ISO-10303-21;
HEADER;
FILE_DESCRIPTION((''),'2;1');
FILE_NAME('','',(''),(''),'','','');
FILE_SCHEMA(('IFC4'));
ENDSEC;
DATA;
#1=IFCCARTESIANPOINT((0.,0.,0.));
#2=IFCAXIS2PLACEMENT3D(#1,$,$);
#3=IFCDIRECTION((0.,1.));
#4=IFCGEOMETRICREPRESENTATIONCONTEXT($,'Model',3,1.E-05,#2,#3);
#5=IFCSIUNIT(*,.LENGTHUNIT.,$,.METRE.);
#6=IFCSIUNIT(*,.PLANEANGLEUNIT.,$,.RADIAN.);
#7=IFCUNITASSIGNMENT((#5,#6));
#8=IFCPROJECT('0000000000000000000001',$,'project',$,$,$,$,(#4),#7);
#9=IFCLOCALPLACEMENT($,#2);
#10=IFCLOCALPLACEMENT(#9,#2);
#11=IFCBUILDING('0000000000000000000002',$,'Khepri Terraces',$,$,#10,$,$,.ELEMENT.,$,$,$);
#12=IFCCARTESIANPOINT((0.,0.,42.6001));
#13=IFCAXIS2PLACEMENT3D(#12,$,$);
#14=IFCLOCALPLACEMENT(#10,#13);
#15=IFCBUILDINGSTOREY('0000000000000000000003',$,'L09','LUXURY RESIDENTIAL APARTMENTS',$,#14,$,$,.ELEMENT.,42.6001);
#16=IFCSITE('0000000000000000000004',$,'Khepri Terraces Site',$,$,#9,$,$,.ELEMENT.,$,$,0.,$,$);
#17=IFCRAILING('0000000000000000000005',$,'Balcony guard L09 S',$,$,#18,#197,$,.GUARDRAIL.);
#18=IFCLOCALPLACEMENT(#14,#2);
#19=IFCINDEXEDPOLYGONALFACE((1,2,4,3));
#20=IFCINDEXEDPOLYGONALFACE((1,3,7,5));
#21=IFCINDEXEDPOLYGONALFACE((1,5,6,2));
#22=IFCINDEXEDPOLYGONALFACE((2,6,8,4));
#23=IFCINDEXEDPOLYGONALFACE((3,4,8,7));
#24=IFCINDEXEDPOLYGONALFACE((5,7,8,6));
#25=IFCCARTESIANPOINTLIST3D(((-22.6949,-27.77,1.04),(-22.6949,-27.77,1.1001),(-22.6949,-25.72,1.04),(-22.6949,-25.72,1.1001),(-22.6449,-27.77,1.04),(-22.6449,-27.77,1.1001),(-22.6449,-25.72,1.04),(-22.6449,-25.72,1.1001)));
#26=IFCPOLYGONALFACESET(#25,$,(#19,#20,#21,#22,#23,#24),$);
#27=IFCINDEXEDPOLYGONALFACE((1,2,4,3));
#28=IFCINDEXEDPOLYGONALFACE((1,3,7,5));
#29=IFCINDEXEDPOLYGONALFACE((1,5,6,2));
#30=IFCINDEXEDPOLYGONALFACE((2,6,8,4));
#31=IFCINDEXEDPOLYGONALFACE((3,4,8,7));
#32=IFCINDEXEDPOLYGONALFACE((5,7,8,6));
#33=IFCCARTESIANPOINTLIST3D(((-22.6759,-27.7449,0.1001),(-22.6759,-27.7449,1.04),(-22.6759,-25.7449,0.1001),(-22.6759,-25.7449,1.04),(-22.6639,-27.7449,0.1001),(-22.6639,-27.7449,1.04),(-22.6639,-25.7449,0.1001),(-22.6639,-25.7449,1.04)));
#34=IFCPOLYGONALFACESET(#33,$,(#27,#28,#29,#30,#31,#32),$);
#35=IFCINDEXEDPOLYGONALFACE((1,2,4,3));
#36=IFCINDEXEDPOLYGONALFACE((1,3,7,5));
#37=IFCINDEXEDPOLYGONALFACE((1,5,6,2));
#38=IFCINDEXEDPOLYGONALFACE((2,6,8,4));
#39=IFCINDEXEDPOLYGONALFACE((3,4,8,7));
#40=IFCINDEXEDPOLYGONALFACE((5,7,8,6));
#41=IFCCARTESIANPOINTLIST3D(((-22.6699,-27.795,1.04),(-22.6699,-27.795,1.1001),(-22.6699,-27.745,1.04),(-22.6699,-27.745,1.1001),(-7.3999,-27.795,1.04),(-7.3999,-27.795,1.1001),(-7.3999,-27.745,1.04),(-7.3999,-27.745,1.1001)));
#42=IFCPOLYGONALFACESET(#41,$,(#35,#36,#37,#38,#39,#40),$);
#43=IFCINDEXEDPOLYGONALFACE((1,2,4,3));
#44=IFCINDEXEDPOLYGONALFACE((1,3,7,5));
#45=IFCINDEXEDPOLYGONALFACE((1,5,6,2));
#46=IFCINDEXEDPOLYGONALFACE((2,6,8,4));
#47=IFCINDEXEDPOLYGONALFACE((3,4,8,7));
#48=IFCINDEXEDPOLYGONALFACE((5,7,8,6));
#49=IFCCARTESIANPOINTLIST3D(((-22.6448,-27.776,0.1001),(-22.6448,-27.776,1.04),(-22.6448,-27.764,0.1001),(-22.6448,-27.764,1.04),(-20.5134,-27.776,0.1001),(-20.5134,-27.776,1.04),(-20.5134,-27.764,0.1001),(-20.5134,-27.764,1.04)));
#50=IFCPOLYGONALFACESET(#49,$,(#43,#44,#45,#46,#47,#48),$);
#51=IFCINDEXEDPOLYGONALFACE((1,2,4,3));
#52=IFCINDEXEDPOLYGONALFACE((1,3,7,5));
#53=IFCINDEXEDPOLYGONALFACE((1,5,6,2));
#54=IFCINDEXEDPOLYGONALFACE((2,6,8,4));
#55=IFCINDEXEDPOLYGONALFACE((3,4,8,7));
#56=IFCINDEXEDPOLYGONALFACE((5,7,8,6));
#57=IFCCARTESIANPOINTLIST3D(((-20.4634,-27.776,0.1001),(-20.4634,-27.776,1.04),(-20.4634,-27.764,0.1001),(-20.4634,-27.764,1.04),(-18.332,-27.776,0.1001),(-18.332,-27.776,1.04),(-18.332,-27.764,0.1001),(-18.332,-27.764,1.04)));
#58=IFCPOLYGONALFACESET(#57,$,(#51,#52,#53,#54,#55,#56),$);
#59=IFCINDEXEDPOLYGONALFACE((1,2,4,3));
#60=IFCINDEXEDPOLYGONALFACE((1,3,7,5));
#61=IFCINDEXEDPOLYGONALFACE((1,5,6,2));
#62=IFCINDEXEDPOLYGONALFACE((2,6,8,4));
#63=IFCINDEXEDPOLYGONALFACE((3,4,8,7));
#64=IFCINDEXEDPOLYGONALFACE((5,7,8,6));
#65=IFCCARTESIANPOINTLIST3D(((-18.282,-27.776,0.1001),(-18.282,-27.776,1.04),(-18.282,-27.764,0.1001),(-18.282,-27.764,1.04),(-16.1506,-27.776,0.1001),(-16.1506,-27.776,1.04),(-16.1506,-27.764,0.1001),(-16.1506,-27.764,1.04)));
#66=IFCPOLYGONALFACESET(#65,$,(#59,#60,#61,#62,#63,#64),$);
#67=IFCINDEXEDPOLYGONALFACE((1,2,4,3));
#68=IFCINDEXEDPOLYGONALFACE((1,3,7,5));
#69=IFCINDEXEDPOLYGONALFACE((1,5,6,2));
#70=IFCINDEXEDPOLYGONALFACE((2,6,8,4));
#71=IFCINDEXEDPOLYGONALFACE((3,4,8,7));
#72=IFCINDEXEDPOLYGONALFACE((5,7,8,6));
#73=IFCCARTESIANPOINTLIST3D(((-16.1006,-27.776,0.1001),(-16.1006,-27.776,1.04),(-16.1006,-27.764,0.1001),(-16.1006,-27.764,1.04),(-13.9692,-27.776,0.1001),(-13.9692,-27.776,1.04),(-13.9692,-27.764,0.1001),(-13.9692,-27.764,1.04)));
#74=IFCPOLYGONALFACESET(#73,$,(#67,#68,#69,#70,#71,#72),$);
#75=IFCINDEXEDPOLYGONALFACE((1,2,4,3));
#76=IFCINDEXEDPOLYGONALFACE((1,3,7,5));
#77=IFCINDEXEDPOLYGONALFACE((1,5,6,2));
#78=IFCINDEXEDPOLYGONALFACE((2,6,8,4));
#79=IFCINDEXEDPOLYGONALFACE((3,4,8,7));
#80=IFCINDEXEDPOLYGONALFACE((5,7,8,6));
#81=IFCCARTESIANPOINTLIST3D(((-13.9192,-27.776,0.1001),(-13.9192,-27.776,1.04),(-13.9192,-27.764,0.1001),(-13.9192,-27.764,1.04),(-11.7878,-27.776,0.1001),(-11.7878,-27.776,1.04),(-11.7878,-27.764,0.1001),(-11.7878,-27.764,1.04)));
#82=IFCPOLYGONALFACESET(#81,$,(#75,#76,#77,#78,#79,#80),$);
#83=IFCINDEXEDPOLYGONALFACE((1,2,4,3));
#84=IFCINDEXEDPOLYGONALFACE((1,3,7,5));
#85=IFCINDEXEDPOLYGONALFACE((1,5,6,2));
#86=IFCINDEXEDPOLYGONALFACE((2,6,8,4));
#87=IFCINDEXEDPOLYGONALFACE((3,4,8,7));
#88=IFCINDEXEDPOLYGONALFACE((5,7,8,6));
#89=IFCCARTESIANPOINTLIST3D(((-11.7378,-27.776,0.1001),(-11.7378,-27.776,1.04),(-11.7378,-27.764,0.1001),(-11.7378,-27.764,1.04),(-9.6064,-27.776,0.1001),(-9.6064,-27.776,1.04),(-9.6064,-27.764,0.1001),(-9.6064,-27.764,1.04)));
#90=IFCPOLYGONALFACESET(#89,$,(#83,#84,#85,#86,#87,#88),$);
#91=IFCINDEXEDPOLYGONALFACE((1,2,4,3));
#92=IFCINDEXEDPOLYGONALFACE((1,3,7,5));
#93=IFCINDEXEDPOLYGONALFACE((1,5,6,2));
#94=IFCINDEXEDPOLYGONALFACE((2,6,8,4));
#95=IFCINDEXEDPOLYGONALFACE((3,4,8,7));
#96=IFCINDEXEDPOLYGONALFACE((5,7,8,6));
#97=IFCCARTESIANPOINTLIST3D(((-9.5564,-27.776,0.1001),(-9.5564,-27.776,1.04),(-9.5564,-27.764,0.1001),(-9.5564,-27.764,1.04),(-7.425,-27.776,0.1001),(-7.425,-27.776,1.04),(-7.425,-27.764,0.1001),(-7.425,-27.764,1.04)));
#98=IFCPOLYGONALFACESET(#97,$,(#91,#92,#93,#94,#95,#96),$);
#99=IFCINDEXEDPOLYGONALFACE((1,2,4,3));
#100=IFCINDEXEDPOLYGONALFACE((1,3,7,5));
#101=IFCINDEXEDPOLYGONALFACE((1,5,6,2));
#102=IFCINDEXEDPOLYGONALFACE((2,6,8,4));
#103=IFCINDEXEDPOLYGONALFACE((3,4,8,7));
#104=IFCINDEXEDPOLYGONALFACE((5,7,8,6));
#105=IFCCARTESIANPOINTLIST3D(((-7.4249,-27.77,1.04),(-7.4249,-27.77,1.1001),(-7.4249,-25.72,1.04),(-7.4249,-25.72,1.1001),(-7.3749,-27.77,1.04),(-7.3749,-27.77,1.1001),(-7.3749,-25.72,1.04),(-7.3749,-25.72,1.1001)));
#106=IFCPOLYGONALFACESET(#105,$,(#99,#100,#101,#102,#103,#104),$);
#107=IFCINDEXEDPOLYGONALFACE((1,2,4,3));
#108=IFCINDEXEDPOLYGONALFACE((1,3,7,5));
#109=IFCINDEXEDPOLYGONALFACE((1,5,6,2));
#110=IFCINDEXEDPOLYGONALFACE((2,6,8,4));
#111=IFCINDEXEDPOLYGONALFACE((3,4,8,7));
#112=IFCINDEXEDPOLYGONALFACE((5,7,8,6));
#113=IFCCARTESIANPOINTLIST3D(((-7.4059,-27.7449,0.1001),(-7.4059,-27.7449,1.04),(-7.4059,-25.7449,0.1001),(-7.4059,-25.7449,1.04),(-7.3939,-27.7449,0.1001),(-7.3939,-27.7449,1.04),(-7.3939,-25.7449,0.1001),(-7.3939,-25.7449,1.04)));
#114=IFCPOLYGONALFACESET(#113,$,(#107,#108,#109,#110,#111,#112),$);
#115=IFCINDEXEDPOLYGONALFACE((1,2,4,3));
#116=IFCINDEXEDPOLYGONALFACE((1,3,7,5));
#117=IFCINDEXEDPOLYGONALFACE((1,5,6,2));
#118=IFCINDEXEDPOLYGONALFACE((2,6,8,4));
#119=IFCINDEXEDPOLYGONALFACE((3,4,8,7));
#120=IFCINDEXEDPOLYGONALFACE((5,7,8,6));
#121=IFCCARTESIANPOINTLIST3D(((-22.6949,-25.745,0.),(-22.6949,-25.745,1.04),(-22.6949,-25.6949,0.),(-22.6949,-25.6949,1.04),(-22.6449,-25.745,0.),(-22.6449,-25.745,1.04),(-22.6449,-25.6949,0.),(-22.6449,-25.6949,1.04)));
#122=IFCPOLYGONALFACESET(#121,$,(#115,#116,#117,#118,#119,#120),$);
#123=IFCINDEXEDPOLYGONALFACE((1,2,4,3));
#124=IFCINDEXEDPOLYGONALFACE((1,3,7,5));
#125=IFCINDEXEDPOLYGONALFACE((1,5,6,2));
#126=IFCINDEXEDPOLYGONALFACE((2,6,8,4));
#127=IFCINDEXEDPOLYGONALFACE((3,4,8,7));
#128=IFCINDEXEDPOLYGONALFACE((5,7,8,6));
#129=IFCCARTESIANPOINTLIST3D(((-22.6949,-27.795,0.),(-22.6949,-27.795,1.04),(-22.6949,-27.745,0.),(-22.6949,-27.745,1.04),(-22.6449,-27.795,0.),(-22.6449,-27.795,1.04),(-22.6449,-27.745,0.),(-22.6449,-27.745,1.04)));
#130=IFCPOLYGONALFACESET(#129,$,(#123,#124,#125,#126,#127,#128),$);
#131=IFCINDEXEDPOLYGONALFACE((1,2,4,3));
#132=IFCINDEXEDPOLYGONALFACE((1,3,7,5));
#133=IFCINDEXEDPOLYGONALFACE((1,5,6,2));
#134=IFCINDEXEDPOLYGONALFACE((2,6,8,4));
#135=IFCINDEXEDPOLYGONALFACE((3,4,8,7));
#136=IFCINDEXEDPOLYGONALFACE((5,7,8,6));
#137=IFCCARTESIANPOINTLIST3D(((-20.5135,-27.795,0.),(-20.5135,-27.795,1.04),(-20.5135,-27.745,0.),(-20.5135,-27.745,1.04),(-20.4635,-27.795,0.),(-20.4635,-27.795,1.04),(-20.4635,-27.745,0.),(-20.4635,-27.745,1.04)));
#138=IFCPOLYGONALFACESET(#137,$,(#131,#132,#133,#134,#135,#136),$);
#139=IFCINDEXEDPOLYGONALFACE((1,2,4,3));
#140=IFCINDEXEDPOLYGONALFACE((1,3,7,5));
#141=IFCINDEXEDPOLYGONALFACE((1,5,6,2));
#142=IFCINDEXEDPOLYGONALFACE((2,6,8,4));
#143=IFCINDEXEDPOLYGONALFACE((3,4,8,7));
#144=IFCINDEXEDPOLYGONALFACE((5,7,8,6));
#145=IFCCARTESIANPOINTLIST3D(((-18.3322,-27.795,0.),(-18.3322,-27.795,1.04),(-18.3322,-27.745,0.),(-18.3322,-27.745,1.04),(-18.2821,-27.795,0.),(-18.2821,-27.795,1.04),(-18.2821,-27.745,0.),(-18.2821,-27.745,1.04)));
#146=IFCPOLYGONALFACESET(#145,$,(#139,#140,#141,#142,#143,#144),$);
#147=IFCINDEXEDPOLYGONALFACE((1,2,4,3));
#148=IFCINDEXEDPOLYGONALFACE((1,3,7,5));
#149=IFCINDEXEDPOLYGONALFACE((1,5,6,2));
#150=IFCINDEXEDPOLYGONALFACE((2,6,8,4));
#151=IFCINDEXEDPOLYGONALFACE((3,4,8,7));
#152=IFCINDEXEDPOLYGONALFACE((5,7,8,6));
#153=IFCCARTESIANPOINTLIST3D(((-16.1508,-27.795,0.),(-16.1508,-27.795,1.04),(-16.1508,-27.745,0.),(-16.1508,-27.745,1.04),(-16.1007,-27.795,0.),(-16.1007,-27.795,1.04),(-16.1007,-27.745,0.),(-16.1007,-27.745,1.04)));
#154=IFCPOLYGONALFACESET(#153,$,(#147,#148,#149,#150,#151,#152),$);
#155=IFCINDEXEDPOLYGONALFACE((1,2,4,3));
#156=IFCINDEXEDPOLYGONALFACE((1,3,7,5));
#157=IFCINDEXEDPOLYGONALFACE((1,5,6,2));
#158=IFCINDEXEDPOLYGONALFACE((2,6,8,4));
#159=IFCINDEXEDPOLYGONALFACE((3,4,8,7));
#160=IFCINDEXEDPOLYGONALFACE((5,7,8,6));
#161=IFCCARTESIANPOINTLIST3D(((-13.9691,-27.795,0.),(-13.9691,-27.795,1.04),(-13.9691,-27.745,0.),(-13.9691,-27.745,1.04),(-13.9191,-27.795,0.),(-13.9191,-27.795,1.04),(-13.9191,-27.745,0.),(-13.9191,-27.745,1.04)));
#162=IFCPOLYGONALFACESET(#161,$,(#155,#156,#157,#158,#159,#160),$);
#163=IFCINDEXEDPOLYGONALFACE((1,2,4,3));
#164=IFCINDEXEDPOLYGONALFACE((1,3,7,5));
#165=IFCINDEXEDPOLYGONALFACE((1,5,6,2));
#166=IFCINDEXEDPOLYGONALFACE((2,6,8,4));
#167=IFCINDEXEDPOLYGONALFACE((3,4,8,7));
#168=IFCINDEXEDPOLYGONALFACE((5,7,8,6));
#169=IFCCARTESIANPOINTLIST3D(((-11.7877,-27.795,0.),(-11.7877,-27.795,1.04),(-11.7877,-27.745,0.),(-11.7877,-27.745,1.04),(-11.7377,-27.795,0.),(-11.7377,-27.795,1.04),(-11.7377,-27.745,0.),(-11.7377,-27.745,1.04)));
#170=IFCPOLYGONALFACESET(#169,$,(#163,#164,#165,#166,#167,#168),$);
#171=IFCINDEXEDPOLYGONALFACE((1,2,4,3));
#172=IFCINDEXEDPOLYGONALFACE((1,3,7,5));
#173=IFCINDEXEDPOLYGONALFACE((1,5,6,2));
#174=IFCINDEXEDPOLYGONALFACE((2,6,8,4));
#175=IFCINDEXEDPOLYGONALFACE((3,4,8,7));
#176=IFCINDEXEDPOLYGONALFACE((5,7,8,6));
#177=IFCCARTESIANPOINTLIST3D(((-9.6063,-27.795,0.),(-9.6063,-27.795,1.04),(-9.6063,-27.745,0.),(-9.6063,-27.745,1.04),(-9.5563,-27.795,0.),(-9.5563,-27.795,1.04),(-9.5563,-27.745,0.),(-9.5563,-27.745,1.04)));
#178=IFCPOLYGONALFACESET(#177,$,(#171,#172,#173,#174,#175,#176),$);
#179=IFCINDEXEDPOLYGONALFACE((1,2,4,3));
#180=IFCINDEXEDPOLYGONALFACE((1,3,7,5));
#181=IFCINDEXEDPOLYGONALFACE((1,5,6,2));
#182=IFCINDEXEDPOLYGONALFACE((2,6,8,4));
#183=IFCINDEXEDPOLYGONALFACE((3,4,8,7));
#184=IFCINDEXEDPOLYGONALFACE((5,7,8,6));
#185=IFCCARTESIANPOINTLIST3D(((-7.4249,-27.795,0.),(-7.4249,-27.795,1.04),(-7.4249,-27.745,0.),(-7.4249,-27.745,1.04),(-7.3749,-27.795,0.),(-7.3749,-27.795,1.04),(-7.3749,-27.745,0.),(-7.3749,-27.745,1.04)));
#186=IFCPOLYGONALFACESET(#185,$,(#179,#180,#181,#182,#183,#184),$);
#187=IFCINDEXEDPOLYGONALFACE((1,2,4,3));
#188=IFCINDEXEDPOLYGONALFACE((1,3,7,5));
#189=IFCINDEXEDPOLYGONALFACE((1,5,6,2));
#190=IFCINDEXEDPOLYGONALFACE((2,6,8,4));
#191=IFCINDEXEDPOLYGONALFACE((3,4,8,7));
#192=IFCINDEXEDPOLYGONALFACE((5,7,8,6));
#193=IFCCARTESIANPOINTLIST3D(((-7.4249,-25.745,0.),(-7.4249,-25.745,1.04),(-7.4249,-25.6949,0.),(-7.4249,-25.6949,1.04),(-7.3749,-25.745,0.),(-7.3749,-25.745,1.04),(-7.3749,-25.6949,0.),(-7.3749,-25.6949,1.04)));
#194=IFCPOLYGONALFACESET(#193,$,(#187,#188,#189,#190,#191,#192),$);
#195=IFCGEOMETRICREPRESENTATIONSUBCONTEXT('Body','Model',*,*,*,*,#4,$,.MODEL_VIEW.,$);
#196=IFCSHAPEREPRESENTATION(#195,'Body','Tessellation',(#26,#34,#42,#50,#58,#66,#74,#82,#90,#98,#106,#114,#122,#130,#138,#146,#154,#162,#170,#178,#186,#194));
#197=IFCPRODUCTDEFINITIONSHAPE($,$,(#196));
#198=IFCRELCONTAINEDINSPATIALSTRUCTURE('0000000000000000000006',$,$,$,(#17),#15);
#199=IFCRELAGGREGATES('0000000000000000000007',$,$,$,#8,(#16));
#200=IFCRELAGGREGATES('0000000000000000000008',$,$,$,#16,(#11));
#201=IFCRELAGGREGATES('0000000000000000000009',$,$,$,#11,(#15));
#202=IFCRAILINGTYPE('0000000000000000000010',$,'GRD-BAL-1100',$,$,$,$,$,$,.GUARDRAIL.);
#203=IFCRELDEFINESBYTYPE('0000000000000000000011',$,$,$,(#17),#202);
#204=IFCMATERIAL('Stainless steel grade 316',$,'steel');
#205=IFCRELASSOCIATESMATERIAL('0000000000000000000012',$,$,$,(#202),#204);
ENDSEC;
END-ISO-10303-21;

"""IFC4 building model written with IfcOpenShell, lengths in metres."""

from ifc_helpers import new_model, si_unit, direction, frame, origin, origin_2d, place, context, subcontext, project, spatial, rectangle, extrude, material, type_object, element, save


model = new_model("IFC4")

# Units and contexts
model_context = context("Model", 3, precision=1e-05, world=origin(), true_north=direction((0.0, 1.0)))
body_context = subcontext(model_context, "Body", "Model", "MODEL_VIEW")
ifc_project = project(units=[si_unit("LENGTHUNIT", "METRE"), si_unit("PLANEANGLEUNIT", "RADIAN")], contexts=[model_context])

# Site, building, storey
site_placement = place(None, origin())
site = spatial("IfcSite", under=ifc_project, at=site_placement, Name="Khepri Terraces Site", CompositionType="ELEMENT", RefElevation=0.0)
building_placement = place(site_placement, origin())
building = spatial("IfcBuilding", under=site, at=building_placement, Name="Khepri Terraces", CompositionType="ELEMENT")
storey_placement = place(building_placement, frame((0.0, 0.0, 42.6001)))
storey = spatial("IfcBuildingStorey", under=building, at=storey_placement, Name="L09", Description="LUXURY RESIDENTIAL APARTMENTS", CompositionType="ELEMENT", Elevation=42.6001)

# Railing
ifc_material_1 = material(Name="Stainless steel grade 316", Category="steel")
railing_type = type_object("IfcRailingType", Name="GRD-BAL-1100", PredefinedType="GUARDRAIL", material=ifc_material_1)
railing_placement = place(storey_placement, frame((-22.6699, -25.72, 0.0)))
element("IfcRailing", 1, at=railing_placement, inside=storey, type_object=railing_type, Name="Balcony guard L09 S", PredefinedType="GUARDRAIL", context=body_context, shape_type="SweptSolid", body=[
    extrude(rectangle(XDim=0.05, YDim=0.0601, at=origin_2d()), frame((0.0, 0.0, 1.0701), z_axis=(0.0, -1.0, 0.0), x_axis=(1.0, 0.0, 0.0)), (0.0, 0.0, 1.0), 2.05),
    extrude(rectangle(XDim=2.0, YDim=0.012, at=origin_2d()), frame((0.0, -1.0249, 0.1001), z_axis=(0.0, 0.0, 1.0), x_axis=(0.0, -1.0, 0.0)), (0.0, 0.0, 1.0), 0.9399),
    extrude(rectangle(XDim=0.05, YDim=0.0601, at=origin_2d()), frame((0.0, -2.05, 1.0701), z_axis=(1.0, 0.0, 0.0), x_axis=(0.0, 1.0, 0.0)), (0.0, 0.0, 1.0), 15.27),
    extrude(rectangle(XDim=2.1313, YDim=0.012, at=origin_2d()), frame((1.0908, -2.05, 0.1001), z_axis=(0.0, 0.0, 1.0), x_axis=(1.0, 0.0, 0.0)), (0.0, 0.0, 1.0), 0.9399),
    extrude(rectangle(XDim=2.1313, YDim=0.012, at=origin_2d()), frame((3.2722, -2.05, 0.1001), z_axis=(0.0, 0.0, 1.0), x_axis=(1.0, 0.0, 0.0)), (0.0, 0.0, 1.0), 0.9399),
    extrude(rectangle(XDim=2.1313, YDim=0.012, at=origin_2d()), frame((5.4536, -2.05, 0.1001), z_axis=(0.0, 0.0, 1.0), x_axis=(1.0, 0.0, 0.0)), (0.0, 0.0, 1.0), 0.9399),
    extrude(rectangle(XDim=2.1313, YDim=0.012, at=origin_2d()), frame((7.635, -2.05, 0.1001), z_axis=(0.0, 0.0, 1.0), x_axis=(1.0, 0.0, 0.0)), (0.0, 0.0, 1.0), 0.9399),
    extrude(rectangle(XDim=2.1313, YDim=0.012, at=origin_2d()), frame((9.8164, -2.05, 0.1001), z_axis=(0.0, 0.0, 1.0), x_axis=(1.0, 0.0, 0.0)), (0.0, 0.0, 1.0), 0.9399),
    extrude(rectangle(XDim=2.1313, YDim=0.012, at=origin_2d()), frame((11.9978, -2.05, 0.1001), z_axis=(0.0, 0.0, 1.0), x_axis=(1.0, 0.0, 0.0)), (0.0, 0.0, 1.0), 0.9399),
    extrude(rectangle(XDim=2.1313, YDim=0.012, at=origin_2d()), frame((14.1792, -2.05, 0.1001), z_axis=(0.0, 0.0, 1.0), x_axis=(1.0, 0.0, 0.0)), (0.0, 0.0, 1.0), 0.9399),
    extrude(rectangle(XDim=0.05, YDim=0.0601, at=origin_2d()), frame((15.27, -2.05, 1.0701), z_axis=(0.0, 1.0, 0.0), x_axis=(-1.0, 0.0, 0.0)), (0.0, 0.0, 1.0), 2.05),
    extrude(rectangle(XDim=2.0, YDim=0.012, at=origin_2d()), frame((15.27, -1.0249, 0.1001), z_axis=(0.0, 0.0, 1.0), x_axis=(0.0, 1.0, 0.0)), (0.0, 0.0, 1.0), 0.9399),
    extrude(rectangle(XDim=0.05, YDim=0.05, at=origin_2d()), origin(), (0.0, 0.0, 1.0), 1.04),
    extrude(rectangle(XDim=0.05, YDim=0.05, at=origin_2d()), frame((0.0, -2.05, 0.0)), (0.0, 0.0, 1.0), 1.04),
    extrude(rectangle(XDim=0.05, YDim=0.05, at=origin_2d()), frame((2.1814, -2.05, 0.0)), (0.0, 0.0, 1.0), 1.04),
    extrude(rectangle(XDim=0.05, YDim=0.05, at=origin_2d()), frame((4.3628, -2.05, 0.0)), (0.0, 0.0, 1.0), 1.04),
    extrude(rectangle(XDim=0.05, YDim=0.05, at=origin_2d()), frame((6.5442, -2.05, 0.0)), (0.0, 0.0, 1.0), 1.04),
    extrude(rectangle(XDim=0.05, YDim=0.05, at=origin_2d()), frame((8.7258, -2.05, 0.0)), (0.0, 0.0, 1.0), 1.04),
    extrude(rectangle(XDim=0.05, YDim=0.05, at=origin_2d()), frame((10.9072, -2.05, 0.0)), (0.0, 0.0, 1.0), 1.04),
    extrude(rectangle(XDim=0.05, YDim=0.05, at=origin_2d()), frame((13.0886, -2.05, 0.0)), (0.0, 0.0, 1.0), 1.04),
    extrude(rectangle(XDim=0.05, YDim=0.05, at=origin_2d()), frame((15.27, -2.05, 0.0)), (0.0, 0.0, 1.0), 1.04),
    extrude(rectangle(XDim=0.05, YDim=0.05, at=origin_2d()), frame((15.27, 0.0, 0.0)), (0.0, 0.0, 1.0), 1.04),
])

save(model, "model.ifc")
